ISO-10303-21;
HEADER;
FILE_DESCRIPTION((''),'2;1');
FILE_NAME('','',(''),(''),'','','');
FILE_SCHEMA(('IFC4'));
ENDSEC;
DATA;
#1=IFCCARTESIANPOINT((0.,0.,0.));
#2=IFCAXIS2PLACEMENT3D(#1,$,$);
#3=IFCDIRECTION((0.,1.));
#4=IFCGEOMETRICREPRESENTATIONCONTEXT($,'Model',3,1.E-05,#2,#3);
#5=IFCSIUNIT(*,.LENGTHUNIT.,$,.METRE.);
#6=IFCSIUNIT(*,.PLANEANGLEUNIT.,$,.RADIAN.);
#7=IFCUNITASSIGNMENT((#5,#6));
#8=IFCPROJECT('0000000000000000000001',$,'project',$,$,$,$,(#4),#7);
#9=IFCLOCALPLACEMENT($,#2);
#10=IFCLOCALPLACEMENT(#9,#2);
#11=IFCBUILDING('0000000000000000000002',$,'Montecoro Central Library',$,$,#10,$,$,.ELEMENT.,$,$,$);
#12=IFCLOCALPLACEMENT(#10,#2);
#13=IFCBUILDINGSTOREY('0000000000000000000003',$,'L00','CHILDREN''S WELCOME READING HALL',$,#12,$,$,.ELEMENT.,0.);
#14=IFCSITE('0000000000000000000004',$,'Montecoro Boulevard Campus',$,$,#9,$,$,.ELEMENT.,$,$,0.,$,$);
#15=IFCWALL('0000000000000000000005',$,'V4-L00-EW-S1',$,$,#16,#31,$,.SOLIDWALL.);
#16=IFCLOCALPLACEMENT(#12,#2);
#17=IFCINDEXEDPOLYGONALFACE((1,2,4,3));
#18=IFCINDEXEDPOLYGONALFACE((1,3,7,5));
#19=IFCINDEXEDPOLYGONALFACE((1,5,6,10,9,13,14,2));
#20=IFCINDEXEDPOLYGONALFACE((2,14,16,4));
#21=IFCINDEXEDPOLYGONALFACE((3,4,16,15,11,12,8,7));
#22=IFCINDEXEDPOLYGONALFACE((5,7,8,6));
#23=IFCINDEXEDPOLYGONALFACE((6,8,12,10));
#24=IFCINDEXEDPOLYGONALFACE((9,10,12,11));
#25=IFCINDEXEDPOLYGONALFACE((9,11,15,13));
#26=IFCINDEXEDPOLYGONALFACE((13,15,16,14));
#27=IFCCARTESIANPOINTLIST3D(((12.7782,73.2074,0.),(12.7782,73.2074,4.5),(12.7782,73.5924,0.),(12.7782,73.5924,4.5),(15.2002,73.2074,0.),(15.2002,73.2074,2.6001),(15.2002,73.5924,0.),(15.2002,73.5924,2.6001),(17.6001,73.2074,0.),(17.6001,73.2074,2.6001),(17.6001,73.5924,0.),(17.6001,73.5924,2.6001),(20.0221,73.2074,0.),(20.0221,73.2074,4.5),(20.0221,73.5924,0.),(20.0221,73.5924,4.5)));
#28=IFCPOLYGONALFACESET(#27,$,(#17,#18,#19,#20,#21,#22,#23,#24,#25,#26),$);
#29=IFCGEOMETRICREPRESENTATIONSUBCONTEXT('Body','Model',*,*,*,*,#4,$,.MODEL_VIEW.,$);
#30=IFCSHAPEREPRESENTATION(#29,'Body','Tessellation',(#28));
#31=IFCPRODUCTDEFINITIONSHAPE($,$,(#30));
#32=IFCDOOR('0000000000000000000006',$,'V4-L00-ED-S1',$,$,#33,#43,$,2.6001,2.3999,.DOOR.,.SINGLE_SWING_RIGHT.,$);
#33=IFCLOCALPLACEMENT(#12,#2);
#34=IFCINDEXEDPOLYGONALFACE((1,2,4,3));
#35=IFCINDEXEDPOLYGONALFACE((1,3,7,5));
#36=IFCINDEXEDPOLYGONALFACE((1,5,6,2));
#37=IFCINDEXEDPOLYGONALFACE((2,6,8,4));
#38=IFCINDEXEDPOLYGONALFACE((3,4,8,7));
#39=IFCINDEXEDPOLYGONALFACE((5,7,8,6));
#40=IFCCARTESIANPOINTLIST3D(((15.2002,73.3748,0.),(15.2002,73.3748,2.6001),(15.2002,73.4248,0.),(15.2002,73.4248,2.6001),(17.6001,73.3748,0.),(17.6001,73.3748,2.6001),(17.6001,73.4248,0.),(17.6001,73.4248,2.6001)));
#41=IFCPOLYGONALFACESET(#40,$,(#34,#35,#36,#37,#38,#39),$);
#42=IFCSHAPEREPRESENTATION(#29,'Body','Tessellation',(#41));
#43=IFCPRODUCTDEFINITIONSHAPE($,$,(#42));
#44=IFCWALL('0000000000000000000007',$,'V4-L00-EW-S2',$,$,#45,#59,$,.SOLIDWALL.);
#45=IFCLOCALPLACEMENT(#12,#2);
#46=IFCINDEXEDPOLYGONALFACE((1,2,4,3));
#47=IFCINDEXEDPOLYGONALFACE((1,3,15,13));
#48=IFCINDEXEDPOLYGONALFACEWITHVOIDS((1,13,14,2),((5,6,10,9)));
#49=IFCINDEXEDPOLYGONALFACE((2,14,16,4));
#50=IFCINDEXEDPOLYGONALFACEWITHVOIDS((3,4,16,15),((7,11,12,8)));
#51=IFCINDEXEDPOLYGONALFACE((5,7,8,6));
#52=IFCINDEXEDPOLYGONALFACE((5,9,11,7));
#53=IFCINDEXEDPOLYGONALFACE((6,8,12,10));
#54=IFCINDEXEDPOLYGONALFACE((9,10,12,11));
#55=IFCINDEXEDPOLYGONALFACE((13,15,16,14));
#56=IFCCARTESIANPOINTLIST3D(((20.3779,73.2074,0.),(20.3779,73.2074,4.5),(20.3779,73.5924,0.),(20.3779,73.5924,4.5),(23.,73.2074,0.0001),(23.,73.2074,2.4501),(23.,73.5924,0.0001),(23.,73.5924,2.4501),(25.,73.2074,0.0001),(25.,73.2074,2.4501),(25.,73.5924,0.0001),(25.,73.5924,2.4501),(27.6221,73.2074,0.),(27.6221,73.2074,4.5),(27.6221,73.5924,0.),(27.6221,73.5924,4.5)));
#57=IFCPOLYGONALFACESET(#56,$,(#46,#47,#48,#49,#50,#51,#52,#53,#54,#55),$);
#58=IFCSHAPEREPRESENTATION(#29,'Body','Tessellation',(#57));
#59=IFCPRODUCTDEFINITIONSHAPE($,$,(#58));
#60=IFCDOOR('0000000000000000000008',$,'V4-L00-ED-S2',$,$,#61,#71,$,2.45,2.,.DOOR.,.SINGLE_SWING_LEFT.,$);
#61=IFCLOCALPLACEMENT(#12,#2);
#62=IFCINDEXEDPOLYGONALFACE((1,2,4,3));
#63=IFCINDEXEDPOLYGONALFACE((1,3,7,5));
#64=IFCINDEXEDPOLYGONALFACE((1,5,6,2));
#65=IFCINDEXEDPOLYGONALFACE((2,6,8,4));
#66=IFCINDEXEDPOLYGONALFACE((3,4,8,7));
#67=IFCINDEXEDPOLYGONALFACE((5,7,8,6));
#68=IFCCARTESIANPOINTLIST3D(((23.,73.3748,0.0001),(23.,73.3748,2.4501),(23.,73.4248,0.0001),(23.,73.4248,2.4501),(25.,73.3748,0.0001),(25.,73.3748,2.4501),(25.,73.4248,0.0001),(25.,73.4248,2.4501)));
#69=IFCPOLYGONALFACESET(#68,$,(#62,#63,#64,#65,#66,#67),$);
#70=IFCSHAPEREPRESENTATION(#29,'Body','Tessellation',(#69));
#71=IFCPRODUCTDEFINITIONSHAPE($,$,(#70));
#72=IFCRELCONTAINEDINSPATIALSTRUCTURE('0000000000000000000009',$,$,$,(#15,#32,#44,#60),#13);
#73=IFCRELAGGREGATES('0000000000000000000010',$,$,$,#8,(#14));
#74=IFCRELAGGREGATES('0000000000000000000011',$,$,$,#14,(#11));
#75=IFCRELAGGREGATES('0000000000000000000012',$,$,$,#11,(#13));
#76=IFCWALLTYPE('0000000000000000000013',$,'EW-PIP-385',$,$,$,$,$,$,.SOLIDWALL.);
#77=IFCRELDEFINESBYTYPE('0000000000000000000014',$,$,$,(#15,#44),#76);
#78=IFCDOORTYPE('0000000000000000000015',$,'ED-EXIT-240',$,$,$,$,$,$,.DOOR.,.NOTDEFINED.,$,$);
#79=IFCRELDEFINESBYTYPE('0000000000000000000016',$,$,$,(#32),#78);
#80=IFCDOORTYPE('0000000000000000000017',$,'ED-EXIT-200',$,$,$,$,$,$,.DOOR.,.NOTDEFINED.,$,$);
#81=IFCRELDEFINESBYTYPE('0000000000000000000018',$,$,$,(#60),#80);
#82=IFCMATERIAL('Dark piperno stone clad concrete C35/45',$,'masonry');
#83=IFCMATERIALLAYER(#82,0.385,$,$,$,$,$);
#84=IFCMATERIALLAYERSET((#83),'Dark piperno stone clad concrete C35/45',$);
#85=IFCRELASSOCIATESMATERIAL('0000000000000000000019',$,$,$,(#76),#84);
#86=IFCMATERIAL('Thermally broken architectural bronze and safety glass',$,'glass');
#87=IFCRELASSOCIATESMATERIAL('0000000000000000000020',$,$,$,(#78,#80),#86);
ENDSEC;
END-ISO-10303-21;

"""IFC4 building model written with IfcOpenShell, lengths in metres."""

from ifc_helpers import new_model, si_unit, direction, frame, frame_2d, origin, place, context, subcontext, project, spatial, rectangle, extrude, material, layer, layer_set, type_object, element, fill, save


model = new_model("IFC4")

# Units and contexts
model_context = context("Model", 3, precision=1e-05, world=origin(), true_north=direction((0.0, 1.0)))
body_context = subcontext(model_context, "Body", "Model", "MODEL_VIEW")
ifc_project = project(units=[si_unit("LENGTHUNIT", "METRE"), si_unit("PLANEANGLEUNIT", "RADIAN")], contexts=[model_context])

# Site, building, storey
site_placement = place(None, origin())
site = spatial("IfcSite", under=ifc_project, at=site_placement, Name="Montecoro Boulevard Campus", CompositionType="ELEMENT", RefElevation=0.0)
building_placement = place(site_placement, origin())
building = spatial("IfcBuilding", under=site, at=building_placement, Name="Montecoro Central Library", CompositionType="ELEMENT")
storey_placement = place(building_placement, origin())
storey = spatial("IfcBuildingStorey", under=building, at=storey_placement, Name="L00", Description="CHILDREN'S WELCOME READING HALL", CompositionType="ELEMENT", Elevation=0.0)

# Walls, openings, doors
ifc_material_1 = material(Name="Dark piperno stone clad concrete C35/45", Category="masonry")
ifc_layer = layer(ifc_material_1, 0.385)
ifc_layer_set = layer_set([ifc_layer], Name="Dark piperno stone clad concrete C35/45")
wall_type = type_object("IfcWallType", Name="EW-PIP-385", PredefinedType="SOLIDWALL", material=ifc_layer_set)
ifc_material_2 = material(Name="Thermally broken architectural bronze and safety glass", Category="glass")
wall_1_placement = place(storey_placement, frame((12.7781, 73.3999, 0.0), z_axis=(0.0, 0.0, 1.0), x_axis=(1.0, 0.0, 0.0)))
wall_1 = element("IfcWall", 1, at=wall_1_placement, inside=storey, type_object=wall_type, Name="V4-L00-EW-S1", PredefinedType="SOLIDWALL", context=body_context, shape_type="SweptSolid", body=[
    extrude(rectangle(XDim=7.2439, YDim=0.385, at=frame_2d((3.6221, 0.0))), origin(), (0.0, 0.0, 1.0), 4.5),
])
opening_1_placement = place(wall_1_placement, frame((2.4221, 0.0, 0.0)))
opening_1 = element("IfcOpeningElement", 2, at=opening_1_placement, cuts=wall_1, PredefinedType="OPENING", context=body_context, shape_type="SweptSolid", body=[
    extrude(rectangle(XDim=2.3999, YDim=2.6001, at=frame_2d((1.2, 1.3))), frame((0.0, 0.2024, 0.0), z_axis=(0.0, -1.0, 0.0), x_axis=(1.0, 0.0, 0.0)), (0.0, 0.0, 1.0), 0.405),
])
door_type_1 = type_object("IfcDoorType", Name="ED-EXIT-240", OperationType="NOTDEFINED", PredefinedType="DOOR", material=ifc_material_2)
door_1_placement = place(opening_1_placement, origin())
door_1 = element("IfcDoor", 3, at=door_1_placement, inside=storey, type_object=door_type_1, Name="V4-L00-ED-S1", OperationType="SINGLE_SWING_RIGHT", OverallHeight=2.6001, OverallWidth=2.3999, PredefinedType="DOOR", context=body_context, shape_type="SweptSolid", body=[
    extrude(rectangle(XDim=2.3999, YDim=2.6001, at=frame_2d((1.2, 1.3))), frame((0.0, 0.0249, 0.0), z_axis=(0.0, -1.0, 0.0), x_axis=(1.0, 0.0, 0.0)), (0.0, 0.0, 1.0), 0.05),
])
fill(opening_1, door_1)
wall_2_placement = place(storey_placement, frame((20.3779, 73.3999, 0.0), z_axis=(0.0, 0.0, 1.0), x_axis=(1.0, 0.0, 0.0)))
wall_2 = element("IfcWall", 4, at=wall_2_placement, inside=storey, type_object=wall_type, Name="V4-L00-EW-S2", PredefinedType="SOLIDWALL", context=body_context, shape_type="SweptSolid", body=[
    extrude(rectangle(XDim=7.2441, YDim=0.385, at=frame_2d((3.6221, 0.0))), origin(), (0.0, 0.0, 1.0), 4.5),
])
opening_2_placement = place(wall_2_placement, frame((2.6221, 0.0, 0.0)))
opening_2 = element("IfcOpeningElement", 5, at=opening_2_placement, cuts=wall_2, PredefinedType="OPENING", context=body_context, shape_type="SweptSolid", body=[
    extrude(rectangle(XDim=2.0, YDim=2.45, at=frame_2d((1.0, 1.2251))), frame((0.0, 0.2024, 0.0), z_axis=(0.0, -1.0, 0.0), x_axis=(1.0, 0.0, 0.0)), (0.0, 0.0, 1.0), 0.405),
])
door_type_2 = type_object("IfcDoorType", Name="ED-EXIT-200", OperationType="NOTDEFINED", PredefinedType="DOOR", material=ifc_material_2)
door_2_placement = place(opening_2_placement, origin())
door_2 = element("IfcDoor", 6, at=door_2_placement, inside=storey, type_object=door_type_2, Name="V4-L00-ED-S2", OperationType="SINGLE_SWING_LEFT", OverallHeight=2.45, OverallWidth=2.0, PredefinedType="DOOR", context=body_context, shape_type="SweptSolid", body=[
    extrude(rectangle(XDim=2.0, YDim=2.45, at=frame_2d((1.0, 1.2251))), frame((0.0, 0.0249, 0.0), z_axis=(0.0, -1.0, 0.0), x_axis=(1.0, 0.0, 0.0)), (0.0, 0.0, 1.0), 0.05),
])
fill(opening_2, door_2)

save(model, "model.ifc")
